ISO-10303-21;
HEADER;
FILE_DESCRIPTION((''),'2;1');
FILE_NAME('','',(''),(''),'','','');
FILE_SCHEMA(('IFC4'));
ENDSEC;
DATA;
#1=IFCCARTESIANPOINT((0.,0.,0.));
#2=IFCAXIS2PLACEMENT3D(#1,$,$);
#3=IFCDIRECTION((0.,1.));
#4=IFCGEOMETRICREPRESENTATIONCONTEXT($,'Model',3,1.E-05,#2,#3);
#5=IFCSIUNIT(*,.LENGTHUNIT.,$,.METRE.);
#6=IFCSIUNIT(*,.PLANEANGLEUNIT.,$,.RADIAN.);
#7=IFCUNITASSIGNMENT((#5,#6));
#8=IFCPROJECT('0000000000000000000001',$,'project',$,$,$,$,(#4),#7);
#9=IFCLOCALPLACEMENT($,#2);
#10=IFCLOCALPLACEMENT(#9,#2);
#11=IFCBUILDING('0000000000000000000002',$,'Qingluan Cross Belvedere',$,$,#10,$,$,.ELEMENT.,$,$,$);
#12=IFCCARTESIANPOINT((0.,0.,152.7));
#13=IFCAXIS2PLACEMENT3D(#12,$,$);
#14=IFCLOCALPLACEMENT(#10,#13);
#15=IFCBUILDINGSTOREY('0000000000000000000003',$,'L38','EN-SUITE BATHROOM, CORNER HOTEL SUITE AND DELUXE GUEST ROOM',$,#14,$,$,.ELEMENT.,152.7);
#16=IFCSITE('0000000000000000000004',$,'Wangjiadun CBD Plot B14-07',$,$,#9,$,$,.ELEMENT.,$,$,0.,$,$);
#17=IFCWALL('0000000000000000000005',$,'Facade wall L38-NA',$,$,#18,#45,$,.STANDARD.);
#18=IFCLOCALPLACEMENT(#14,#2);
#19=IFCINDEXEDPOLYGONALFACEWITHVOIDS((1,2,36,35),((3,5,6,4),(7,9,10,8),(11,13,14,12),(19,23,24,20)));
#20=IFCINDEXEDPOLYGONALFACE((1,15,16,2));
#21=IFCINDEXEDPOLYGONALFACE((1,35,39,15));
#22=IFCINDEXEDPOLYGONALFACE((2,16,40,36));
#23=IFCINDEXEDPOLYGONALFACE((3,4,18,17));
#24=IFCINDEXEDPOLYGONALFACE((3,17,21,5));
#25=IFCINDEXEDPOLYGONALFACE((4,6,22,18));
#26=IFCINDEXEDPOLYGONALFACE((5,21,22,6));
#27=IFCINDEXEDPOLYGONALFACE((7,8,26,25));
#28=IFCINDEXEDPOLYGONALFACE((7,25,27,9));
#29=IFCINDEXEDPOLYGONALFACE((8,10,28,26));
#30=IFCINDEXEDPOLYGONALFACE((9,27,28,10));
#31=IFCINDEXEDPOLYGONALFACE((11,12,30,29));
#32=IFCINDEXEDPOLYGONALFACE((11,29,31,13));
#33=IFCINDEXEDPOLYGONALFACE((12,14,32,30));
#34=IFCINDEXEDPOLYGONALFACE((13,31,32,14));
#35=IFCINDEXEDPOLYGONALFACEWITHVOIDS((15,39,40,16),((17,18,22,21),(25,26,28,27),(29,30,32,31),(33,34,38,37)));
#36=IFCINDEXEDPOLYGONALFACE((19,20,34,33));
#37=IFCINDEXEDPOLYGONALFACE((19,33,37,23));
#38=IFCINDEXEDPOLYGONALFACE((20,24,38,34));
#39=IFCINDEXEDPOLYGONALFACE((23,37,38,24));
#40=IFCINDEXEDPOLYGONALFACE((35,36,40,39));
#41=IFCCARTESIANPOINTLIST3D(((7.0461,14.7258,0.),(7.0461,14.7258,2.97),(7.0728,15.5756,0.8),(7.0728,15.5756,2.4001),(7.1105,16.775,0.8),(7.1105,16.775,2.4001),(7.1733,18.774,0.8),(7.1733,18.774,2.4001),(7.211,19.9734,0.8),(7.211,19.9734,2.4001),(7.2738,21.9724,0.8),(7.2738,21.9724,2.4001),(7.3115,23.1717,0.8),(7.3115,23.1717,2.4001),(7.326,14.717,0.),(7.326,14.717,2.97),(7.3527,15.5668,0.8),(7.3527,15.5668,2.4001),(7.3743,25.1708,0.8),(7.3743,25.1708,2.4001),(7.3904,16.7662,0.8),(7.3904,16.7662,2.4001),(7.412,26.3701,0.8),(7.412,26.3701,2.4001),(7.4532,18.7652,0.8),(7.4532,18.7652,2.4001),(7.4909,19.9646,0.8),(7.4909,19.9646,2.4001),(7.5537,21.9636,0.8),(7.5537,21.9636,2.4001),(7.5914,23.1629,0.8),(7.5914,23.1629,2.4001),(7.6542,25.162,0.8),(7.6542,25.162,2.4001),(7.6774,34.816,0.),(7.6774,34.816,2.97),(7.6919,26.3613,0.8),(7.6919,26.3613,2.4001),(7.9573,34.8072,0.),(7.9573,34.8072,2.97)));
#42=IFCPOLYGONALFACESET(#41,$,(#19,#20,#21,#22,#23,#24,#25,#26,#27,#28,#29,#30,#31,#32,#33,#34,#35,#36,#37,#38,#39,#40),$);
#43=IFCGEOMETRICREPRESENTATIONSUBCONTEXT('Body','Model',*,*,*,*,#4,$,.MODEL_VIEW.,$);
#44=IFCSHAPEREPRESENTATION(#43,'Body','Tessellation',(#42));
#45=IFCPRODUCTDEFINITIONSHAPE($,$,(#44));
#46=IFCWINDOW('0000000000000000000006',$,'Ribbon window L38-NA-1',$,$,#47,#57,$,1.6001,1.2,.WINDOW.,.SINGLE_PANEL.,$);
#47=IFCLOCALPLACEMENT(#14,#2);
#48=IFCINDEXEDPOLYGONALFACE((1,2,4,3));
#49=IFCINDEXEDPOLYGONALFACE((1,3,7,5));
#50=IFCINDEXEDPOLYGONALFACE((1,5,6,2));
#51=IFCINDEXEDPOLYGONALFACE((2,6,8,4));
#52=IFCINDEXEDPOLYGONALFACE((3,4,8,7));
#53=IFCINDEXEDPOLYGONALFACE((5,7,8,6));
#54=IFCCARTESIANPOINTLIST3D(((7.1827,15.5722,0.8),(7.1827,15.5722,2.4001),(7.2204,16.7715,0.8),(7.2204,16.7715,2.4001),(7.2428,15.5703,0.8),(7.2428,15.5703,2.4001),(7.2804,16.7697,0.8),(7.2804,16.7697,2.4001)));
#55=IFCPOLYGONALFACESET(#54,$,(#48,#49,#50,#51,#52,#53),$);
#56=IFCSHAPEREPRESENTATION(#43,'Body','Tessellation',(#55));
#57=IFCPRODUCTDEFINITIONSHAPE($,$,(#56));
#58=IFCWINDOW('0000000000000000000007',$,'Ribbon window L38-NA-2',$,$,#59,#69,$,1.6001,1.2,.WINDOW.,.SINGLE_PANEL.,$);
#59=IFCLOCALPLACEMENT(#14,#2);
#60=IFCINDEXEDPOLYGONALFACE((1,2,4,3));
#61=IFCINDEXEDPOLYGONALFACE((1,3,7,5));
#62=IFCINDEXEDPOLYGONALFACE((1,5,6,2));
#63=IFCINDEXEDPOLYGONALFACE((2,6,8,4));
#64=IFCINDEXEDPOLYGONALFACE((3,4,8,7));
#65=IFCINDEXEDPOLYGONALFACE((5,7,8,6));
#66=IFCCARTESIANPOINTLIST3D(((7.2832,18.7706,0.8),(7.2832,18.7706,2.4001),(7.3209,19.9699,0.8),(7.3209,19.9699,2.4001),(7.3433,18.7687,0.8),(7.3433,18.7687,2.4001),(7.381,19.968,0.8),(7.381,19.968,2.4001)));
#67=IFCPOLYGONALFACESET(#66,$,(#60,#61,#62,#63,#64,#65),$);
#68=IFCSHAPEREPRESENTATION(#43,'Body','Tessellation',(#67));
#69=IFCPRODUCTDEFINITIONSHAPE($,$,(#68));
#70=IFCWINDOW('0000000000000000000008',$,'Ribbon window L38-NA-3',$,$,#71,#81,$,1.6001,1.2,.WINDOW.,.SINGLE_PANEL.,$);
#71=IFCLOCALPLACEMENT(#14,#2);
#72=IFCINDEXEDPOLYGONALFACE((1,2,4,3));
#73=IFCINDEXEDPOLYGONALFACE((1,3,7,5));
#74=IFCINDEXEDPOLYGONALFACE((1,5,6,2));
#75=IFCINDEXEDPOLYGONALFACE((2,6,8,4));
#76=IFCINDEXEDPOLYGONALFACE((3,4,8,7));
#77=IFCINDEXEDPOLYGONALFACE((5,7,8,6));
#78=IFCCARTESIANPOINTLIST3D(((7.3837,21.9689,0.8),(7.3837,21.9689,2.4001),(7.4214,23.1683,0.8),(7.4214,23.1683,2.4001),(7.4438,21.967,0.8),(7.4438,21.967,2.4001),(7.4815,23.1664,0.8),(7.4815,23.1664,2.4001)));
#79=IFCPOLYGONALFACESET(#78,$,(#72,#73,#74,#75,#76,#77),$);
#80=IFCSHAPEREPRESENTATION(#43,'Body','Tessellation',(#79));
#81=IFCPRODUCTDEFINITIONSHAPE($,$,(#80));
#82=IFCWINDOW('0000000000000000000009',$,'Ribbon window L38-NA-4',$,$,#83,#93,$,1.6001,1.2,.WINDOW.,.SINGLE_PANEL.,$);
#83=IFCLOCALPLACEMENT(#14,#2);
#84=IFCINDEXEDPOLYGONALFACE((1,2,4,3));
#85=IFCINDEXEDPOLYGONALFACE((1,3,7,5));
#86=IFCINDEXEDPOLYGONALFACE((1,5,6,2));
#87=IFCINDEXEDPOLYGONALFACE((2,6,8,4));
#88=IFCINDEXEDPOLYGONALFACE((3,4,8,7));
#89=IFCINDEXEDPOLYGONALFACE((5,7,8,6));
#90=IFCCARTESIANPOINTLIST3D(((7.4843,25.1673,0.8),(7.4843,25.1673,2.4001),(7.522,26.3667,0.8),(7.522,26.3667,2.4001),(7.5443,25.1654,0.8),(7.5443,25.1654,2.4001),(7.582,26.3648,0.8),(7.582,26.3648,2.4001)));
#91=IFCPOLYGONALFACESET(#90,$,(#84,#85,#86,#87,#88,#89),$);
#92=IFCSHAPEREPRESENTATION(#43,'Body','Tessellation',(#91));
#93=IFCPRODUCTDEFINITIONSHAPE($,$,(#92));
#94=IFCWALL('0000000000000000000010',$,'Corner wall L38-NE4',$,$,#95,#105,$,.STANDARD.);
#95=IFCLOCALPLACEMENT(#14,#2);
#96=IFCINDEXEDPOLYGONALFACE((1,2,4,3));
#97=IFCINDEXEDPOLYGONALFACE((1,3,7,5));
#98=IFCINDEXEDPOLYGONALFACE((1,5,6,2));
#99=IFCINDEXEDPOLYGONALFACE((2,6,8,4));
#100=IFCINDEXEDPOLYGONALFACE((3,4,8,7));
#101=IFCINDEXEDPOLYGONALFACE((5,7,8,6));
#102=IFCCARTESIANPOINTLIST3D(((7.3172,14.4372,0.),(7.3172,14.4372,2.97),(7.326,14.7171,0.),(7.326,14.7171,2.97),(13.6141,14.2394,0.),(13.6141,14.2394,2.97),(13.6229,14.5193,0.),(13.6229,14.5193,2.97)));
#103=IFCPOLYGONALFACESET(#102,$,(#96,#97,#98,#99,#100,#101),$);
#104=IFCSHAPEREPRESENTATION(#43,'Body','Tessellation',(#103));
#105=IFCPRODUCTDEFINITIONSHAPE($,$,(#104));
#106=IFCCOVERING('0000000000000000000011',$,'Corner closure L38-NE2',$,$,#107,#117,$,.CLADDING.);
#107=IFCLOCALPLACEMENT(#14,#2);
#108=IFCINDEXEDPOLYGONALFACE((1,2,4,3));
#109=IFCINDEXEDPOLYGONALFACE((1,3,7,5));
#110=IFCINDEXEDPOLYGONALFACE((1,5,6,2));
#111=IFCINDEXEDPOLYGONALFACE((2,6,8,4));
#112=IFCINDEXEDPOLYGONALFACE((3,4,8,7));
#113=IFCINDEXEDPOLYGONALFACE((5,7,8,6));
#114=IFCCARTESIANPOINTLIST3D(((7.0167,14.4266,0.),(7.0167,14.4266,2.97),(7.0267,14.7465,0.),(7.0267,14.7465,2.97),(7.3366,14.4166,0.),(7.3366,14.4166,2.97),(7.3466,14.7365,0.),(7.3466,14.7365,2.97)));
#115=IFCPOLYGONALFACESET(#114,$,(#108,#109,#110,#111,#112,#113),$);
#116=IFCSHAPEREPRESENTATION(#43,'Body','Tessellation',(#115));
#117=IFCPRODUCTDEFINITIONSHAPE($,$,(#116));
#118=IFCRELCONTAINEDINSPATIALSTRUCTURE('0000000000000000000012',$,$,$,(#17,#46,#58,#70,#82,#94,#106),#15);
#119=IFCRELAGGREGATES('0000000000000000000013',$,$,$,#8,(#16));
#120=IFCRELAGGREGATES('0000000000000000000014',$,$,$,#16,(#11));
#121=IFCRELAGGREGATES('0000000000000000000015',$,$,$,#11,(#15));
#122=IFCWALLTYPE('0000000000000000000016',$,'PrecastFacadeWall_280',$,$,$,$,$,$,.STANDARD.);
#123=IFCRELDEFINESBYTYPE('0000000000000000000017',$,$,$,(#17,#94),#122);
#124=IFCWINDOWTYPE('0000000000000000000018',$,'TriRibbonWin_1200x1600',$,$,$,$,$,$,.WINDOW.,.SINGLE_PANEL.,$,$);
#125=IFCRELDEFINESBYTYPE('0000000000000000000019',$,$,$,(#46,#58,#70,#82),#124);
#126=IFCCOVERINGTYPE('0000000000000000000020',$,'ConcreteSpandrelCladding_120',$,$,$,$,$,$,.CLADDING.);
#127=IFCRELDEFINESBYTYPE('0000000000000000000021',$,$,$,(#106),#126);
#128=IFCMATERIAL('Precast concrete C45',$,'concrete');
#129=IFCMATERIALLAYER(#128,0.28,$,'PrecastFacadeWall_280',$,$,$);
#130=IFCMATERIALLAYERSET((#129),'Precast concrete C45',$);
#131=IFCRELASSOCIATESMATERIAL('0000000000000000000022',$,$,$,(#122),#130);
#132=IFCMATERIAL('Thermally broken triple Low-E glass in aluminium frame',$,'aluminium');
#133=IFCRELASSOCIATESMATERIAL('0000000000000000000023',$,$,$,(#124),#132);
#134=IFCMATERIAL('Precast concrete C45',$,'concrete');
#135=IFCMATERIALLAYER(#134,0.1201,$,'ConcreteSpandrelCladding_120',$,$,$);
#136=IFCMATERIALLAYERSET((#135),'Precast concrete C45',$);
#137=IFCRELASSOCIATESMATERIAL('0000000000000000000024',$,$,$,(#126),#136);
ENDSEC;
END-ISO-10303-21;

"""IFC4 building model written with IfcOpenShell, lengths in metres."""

from ifc_helpers import new_model, si_unit, direction, frame, frame_2d, origin, origin_2d, place, context, subcontext, project, spatial, rectangle, extrude, material, layer, layer_set, type_object, element, fill, save


model = new_model("IFC4")

# Units and contexts
model_context = context("Model", 3, precision=1e-05, world=origin(), true_north=direction((0.0, 1.0)))
body_context = subcontext(model_context, "Body", "Model", "MODEL_VIEW")
ifc_project = project(units=[si_unit("LENGTHUNIT", "METRE"), si_unit("PLANEANGLEUNIT", "RADIAN")], contexts=[model_context])

# Site, building, storey
site_placement = place(None, origin())
site = spatial("IfcSite", under=ifc_project, at=site_placement, Name="Wangjiadun CBD Plot B14-07", CompositionType="ELEMENT", RefElevation=0.0)
building_placement = place(site_placement, origin())
building = spatial("IfcBuilding", under=site, at=building_placement, Name="Qingluan Cross Belvedere", CompositionType="ELEMENT")
storey_placement = place(building_placement, frame((0.0, 0.0, 152.7)))
storey = spatial("IfcBuildingStorey", under=building, at=storey_placement, Name="L38", Description="EN-SUITE BATHROOM, CORNER HOTEL SUITE AND DELUXE GUEST ROOM", CompositionType="ELEMENT", Elevation=152.7)

# Wall, openings, windows
ifc_material_1 = material(Name="Precast concrete C45", Category="concrete")
ifc_layer_1 = layer(ifc_material_1, 0.28, Name="PrecastFacadeWall_280")
ifc_layer_set_1 = layer_set([ifc_layer_1], Name="Precast concrete C45")
wall_type_1 = type_object("IfcWallType", Name="PrecastFacadeWall_280", PredefinedType="STANDARD", material=ifc_layer_set_1)
wall_1_placement = place(storey_placement, frame((7.186, 14.7214, 0.0), z_axis=(0.0, 0.0, 1.0), x_axis=(0.03141, 0.999507, 0.0)))
wall_1 = element("IfcWall", 1, at=wall_1_placement, inside=storey, type_object=wall_type_1, Name="Facade wall L38-NA", PredefinedType="STANDARD", context=body_context, shape_type="SweptSolid", body=[
    extrude(rectangle(XDim=20.1001, YDim=0.28, at=frame_2d((10.05, 0.0))), origin(), (0.0, 0.0, 1.0), 2.97),
])
opening_1_placement = place(wall_1_placement, frame((0.8501, 0.0, 0.8)))
opening_1 = element("IfcOpeningElement", 2, at=opening_1_placement, cuts=wall_1, PredefinedType="OPENING", context=body_context, shape_type="SweptSolid", body=[
    extrude(rectangle(XDim=1.2, YDim=1.6001, at=frame_2d((0.6001, 0.8))), frame((0.0, 0.1499, 0.0), z_axis=(0.0, -1.0, 0.0), x_axis=(1.0, 0.0, 0.0)), (0.0, 0.0, 1.0), 0.3),
])
opening_2_placement = place(wall_1_placement, frame((4.05, 0.0, 0.8)))
opening_2 = element("IfcOpeningElement", 3, at=opening_2_placement, cuts=wall_1, PredefinedType="OPENING", context=body_context, shape_type="SweptSolid", body=[
    extrude(rectangle(XDim=1.2, YDim=1.6001, at=frame_2d((0.6001, 0.8))), frame((0.0, 0.1499, 0.0), z_axis=(0.0, -1.0, 0.0), x_axis=(1.0, 0.0, 0.0)), (0.0, 0.0, 1.0), 0.3),
])
opening_3_placement = place(wall_1_placement, frame((7.25, 0.0, 0.8)))
opening_3 = element("IfcOpeningElement", 4, at=opening_3_placement, cuts=wall_1, PredefinedType="OPENING", context=body_context, shape_type="SweptSolid", body=[
    extrude(rectangle(XDim=1.2, YDim=1.6001, at=frame_2d((0.6001, 0.8))), frame((0.0, 0.1499, 0.0), z_axis=(0.0, -1.0, 0.0), x_axis=(1.0, 0.0, 0.0)), (0.0, 0.0, 1.0), 0.3),
])
opening_4_placement = place(wall_1_placement, frame((10.45, 0.0, 0.8)))
opening_4 = element("IfcOpeningElement", 5, at=opening_4_placement, cuts=wall_1, PredefinedType="OPENING", context=body_context, shape_type="SweptSolid", body=[
    extrude(rectangle(XDim=1.2, YDim=1.6001, at=frame_2d((0.6001, 0.8))), frame((0.0, 0.1499, 0.0), z_axis=(0.0, -1.0, 0.0), x_axis=(1.0, 0.0, 0.0)), (0.0, 0.0, 1.0), 0.3),
])
ifc_material_2 = material(Name="Thermally broken triple Low-E glass in aluminium frame", Category="aluminium")
window_type = type_object("IfcWindowType", Name="TriRibbonWin_1200x1600", PartitioningType="SINGLE_PANEL", PredefinedType="WINDOW", material=ifc_material_2)
window_1_placement = place(opening_1_placement, origin())
window_1 = element("IfcWindow", 6, at=window_1_placement, inside=storey, type_object=window_type, Name="Ribbon window L38-NA-1", OverallHeight=1.6001, OverallWidth=1.2, PartitioningType="SINGLE_PANEL", PredefinedType="WINDOW", context=body_context, shape_type="SweptSolid", body=[
    extrude(rectangle(XDim=1.2, YDim=1.6001, at=frame_2d((0.6001, 0.8))), frame((0.0, 0.03, 0.0), z_axis=(0.0, -1.0, 0.0), x_axis=(1.0, 0.0, 0.0)), (0.0, 0.0, 1.0), 0.0601),
])
fill(opening_1, window_1)
window_2_placement = place(opening_2_placement, origin())
window_2 = element("IfcWindow", 7, at=window_2_placement, inside=storey, type_object=window_type, Name="Ribbon window L38-NA-2", OverallHeight=1.6001, OverallWidth=1.2, PartitioningType="SINGLE_PANEL", PredefinedType="WINDOW", context=body_context, shape_type="SweptSolid", body=[
    extrude(rectangle(XDim=1.2, YDim=1.6001, at=frame_2d((0.6001, 0.8))), frame((0.0, 0.03, 0.0), z_axis=(0.0, -1.0, 0.0), x_axis=(1.0, 0.0, 0.0)), (0.0, 0.0, 1.0), 0.0601),
])
fill(opening_2, window_2)
window_3_placement = place(opening_3_placement, origin())
window_3 = element("IfcWindow", 8, at=window_3_placement, inside=storey, type_object=window_type, Name="Ribbon window L38-NA-3", OverallHeight=1.6001, OverallWidth=1.2, PartitioningType="SINGLE_PANEL", PredefinedType="WINDOW", context=body_context, shape_type="SweptSolid", body=[
    extrude(rectangle(XDim=1.2, YDim=1.6001, at=frame_2d((0.6001, 0.8))), frame((0.0, 0.03, 0.0), z_axis=(0.0, -1.0, 0.0), x_axis=(1.0, 0.0, 0.0)), (0.0, 0.0, 1.0), 0.0601),
])
fill(opening_3, window_3)
window_4_placement = place(opening_4_placement, origin())
window_4 = element("IfcWindow", 9, at=window_4_placement, inside=storey, type_object=window_type, Name="Ribbon window L38-NA-4", OverallHeight=1.6001, OverallWidth=1.2, PartitioningType="SINGLE_PANEL", PredefinedType="WINDOW", context=body_context, shape_type="SweptSolid", body=[
    extrude(rectangle(XDim=1.2, YDim=1.6001, at=frame_2d((0.6001, 0.8))), frame((0.0, 0.03, 0.0), z_axis=(0.0, -1.0, 0.0), x_axis=(1.0, 0.0, 0.0)), (0.0, 0.0, 1.0), 0.0601),
])
fill(opening_4, window_4)

# Wall
wall_2_placement = place(storey_placement, frame((13.6184, 14.3794, 0.0), z_axis=(0.0, 0.0, 1.0), x_axis=(-0.999507, 0.03139, 0.0)))
element("IfcWall", 10, at=wall_2_placement, inside=storey, type_object=wall_type_1, Name="Corner wall L38-NE4", PredefinedType="STANDARD", context=body_context, shape_type="SweptSolid", body=[
    extrude(rectangle(XDim=6.3, YDim=0.28, at=frame_2d((3.1499, 0.0))), origin(), (0.0, 0.0, 1.0), 2.97),
])

# Covering
ifc_material_3 = material(Name="Precast concrete C45", Category="concrete")
ifc_layer_2 = layer(ifc_material_3, 0.1201, Name="ConcreteSpandrelCladding_120")
ifc_layer_set_2 = layer_set([ifc_layer_2], Name="Precast concrete C45")
covering_type = type_object("IfcCoveringType", Name="ConcreteSpandrelCladding_120", PredefinedType="CLADDING", material=ifc_layer_set_2)
covering_placement = place(storey_placement, frame((7.1816, 14.5815, 0.0), z_axis=(0.0, 0.0, 1.0), x_axis=(0.999507, -0.031411, 0.0)))
element("IfcCovering", 11, at=covering_placement, inside=storey, type_object=covering_type, Name="Corner closure L38-NE2", PredefinedType="CLADDING", context=body_context, shape_type="SweptSolid", body=[
    extrude(rectangle(XDim=0.3201, YDim=0.3201, at=origin_2d()), origin(), (0.0, 0.0, 1.0), 2.97),
])

save(model, "model.ifc")
